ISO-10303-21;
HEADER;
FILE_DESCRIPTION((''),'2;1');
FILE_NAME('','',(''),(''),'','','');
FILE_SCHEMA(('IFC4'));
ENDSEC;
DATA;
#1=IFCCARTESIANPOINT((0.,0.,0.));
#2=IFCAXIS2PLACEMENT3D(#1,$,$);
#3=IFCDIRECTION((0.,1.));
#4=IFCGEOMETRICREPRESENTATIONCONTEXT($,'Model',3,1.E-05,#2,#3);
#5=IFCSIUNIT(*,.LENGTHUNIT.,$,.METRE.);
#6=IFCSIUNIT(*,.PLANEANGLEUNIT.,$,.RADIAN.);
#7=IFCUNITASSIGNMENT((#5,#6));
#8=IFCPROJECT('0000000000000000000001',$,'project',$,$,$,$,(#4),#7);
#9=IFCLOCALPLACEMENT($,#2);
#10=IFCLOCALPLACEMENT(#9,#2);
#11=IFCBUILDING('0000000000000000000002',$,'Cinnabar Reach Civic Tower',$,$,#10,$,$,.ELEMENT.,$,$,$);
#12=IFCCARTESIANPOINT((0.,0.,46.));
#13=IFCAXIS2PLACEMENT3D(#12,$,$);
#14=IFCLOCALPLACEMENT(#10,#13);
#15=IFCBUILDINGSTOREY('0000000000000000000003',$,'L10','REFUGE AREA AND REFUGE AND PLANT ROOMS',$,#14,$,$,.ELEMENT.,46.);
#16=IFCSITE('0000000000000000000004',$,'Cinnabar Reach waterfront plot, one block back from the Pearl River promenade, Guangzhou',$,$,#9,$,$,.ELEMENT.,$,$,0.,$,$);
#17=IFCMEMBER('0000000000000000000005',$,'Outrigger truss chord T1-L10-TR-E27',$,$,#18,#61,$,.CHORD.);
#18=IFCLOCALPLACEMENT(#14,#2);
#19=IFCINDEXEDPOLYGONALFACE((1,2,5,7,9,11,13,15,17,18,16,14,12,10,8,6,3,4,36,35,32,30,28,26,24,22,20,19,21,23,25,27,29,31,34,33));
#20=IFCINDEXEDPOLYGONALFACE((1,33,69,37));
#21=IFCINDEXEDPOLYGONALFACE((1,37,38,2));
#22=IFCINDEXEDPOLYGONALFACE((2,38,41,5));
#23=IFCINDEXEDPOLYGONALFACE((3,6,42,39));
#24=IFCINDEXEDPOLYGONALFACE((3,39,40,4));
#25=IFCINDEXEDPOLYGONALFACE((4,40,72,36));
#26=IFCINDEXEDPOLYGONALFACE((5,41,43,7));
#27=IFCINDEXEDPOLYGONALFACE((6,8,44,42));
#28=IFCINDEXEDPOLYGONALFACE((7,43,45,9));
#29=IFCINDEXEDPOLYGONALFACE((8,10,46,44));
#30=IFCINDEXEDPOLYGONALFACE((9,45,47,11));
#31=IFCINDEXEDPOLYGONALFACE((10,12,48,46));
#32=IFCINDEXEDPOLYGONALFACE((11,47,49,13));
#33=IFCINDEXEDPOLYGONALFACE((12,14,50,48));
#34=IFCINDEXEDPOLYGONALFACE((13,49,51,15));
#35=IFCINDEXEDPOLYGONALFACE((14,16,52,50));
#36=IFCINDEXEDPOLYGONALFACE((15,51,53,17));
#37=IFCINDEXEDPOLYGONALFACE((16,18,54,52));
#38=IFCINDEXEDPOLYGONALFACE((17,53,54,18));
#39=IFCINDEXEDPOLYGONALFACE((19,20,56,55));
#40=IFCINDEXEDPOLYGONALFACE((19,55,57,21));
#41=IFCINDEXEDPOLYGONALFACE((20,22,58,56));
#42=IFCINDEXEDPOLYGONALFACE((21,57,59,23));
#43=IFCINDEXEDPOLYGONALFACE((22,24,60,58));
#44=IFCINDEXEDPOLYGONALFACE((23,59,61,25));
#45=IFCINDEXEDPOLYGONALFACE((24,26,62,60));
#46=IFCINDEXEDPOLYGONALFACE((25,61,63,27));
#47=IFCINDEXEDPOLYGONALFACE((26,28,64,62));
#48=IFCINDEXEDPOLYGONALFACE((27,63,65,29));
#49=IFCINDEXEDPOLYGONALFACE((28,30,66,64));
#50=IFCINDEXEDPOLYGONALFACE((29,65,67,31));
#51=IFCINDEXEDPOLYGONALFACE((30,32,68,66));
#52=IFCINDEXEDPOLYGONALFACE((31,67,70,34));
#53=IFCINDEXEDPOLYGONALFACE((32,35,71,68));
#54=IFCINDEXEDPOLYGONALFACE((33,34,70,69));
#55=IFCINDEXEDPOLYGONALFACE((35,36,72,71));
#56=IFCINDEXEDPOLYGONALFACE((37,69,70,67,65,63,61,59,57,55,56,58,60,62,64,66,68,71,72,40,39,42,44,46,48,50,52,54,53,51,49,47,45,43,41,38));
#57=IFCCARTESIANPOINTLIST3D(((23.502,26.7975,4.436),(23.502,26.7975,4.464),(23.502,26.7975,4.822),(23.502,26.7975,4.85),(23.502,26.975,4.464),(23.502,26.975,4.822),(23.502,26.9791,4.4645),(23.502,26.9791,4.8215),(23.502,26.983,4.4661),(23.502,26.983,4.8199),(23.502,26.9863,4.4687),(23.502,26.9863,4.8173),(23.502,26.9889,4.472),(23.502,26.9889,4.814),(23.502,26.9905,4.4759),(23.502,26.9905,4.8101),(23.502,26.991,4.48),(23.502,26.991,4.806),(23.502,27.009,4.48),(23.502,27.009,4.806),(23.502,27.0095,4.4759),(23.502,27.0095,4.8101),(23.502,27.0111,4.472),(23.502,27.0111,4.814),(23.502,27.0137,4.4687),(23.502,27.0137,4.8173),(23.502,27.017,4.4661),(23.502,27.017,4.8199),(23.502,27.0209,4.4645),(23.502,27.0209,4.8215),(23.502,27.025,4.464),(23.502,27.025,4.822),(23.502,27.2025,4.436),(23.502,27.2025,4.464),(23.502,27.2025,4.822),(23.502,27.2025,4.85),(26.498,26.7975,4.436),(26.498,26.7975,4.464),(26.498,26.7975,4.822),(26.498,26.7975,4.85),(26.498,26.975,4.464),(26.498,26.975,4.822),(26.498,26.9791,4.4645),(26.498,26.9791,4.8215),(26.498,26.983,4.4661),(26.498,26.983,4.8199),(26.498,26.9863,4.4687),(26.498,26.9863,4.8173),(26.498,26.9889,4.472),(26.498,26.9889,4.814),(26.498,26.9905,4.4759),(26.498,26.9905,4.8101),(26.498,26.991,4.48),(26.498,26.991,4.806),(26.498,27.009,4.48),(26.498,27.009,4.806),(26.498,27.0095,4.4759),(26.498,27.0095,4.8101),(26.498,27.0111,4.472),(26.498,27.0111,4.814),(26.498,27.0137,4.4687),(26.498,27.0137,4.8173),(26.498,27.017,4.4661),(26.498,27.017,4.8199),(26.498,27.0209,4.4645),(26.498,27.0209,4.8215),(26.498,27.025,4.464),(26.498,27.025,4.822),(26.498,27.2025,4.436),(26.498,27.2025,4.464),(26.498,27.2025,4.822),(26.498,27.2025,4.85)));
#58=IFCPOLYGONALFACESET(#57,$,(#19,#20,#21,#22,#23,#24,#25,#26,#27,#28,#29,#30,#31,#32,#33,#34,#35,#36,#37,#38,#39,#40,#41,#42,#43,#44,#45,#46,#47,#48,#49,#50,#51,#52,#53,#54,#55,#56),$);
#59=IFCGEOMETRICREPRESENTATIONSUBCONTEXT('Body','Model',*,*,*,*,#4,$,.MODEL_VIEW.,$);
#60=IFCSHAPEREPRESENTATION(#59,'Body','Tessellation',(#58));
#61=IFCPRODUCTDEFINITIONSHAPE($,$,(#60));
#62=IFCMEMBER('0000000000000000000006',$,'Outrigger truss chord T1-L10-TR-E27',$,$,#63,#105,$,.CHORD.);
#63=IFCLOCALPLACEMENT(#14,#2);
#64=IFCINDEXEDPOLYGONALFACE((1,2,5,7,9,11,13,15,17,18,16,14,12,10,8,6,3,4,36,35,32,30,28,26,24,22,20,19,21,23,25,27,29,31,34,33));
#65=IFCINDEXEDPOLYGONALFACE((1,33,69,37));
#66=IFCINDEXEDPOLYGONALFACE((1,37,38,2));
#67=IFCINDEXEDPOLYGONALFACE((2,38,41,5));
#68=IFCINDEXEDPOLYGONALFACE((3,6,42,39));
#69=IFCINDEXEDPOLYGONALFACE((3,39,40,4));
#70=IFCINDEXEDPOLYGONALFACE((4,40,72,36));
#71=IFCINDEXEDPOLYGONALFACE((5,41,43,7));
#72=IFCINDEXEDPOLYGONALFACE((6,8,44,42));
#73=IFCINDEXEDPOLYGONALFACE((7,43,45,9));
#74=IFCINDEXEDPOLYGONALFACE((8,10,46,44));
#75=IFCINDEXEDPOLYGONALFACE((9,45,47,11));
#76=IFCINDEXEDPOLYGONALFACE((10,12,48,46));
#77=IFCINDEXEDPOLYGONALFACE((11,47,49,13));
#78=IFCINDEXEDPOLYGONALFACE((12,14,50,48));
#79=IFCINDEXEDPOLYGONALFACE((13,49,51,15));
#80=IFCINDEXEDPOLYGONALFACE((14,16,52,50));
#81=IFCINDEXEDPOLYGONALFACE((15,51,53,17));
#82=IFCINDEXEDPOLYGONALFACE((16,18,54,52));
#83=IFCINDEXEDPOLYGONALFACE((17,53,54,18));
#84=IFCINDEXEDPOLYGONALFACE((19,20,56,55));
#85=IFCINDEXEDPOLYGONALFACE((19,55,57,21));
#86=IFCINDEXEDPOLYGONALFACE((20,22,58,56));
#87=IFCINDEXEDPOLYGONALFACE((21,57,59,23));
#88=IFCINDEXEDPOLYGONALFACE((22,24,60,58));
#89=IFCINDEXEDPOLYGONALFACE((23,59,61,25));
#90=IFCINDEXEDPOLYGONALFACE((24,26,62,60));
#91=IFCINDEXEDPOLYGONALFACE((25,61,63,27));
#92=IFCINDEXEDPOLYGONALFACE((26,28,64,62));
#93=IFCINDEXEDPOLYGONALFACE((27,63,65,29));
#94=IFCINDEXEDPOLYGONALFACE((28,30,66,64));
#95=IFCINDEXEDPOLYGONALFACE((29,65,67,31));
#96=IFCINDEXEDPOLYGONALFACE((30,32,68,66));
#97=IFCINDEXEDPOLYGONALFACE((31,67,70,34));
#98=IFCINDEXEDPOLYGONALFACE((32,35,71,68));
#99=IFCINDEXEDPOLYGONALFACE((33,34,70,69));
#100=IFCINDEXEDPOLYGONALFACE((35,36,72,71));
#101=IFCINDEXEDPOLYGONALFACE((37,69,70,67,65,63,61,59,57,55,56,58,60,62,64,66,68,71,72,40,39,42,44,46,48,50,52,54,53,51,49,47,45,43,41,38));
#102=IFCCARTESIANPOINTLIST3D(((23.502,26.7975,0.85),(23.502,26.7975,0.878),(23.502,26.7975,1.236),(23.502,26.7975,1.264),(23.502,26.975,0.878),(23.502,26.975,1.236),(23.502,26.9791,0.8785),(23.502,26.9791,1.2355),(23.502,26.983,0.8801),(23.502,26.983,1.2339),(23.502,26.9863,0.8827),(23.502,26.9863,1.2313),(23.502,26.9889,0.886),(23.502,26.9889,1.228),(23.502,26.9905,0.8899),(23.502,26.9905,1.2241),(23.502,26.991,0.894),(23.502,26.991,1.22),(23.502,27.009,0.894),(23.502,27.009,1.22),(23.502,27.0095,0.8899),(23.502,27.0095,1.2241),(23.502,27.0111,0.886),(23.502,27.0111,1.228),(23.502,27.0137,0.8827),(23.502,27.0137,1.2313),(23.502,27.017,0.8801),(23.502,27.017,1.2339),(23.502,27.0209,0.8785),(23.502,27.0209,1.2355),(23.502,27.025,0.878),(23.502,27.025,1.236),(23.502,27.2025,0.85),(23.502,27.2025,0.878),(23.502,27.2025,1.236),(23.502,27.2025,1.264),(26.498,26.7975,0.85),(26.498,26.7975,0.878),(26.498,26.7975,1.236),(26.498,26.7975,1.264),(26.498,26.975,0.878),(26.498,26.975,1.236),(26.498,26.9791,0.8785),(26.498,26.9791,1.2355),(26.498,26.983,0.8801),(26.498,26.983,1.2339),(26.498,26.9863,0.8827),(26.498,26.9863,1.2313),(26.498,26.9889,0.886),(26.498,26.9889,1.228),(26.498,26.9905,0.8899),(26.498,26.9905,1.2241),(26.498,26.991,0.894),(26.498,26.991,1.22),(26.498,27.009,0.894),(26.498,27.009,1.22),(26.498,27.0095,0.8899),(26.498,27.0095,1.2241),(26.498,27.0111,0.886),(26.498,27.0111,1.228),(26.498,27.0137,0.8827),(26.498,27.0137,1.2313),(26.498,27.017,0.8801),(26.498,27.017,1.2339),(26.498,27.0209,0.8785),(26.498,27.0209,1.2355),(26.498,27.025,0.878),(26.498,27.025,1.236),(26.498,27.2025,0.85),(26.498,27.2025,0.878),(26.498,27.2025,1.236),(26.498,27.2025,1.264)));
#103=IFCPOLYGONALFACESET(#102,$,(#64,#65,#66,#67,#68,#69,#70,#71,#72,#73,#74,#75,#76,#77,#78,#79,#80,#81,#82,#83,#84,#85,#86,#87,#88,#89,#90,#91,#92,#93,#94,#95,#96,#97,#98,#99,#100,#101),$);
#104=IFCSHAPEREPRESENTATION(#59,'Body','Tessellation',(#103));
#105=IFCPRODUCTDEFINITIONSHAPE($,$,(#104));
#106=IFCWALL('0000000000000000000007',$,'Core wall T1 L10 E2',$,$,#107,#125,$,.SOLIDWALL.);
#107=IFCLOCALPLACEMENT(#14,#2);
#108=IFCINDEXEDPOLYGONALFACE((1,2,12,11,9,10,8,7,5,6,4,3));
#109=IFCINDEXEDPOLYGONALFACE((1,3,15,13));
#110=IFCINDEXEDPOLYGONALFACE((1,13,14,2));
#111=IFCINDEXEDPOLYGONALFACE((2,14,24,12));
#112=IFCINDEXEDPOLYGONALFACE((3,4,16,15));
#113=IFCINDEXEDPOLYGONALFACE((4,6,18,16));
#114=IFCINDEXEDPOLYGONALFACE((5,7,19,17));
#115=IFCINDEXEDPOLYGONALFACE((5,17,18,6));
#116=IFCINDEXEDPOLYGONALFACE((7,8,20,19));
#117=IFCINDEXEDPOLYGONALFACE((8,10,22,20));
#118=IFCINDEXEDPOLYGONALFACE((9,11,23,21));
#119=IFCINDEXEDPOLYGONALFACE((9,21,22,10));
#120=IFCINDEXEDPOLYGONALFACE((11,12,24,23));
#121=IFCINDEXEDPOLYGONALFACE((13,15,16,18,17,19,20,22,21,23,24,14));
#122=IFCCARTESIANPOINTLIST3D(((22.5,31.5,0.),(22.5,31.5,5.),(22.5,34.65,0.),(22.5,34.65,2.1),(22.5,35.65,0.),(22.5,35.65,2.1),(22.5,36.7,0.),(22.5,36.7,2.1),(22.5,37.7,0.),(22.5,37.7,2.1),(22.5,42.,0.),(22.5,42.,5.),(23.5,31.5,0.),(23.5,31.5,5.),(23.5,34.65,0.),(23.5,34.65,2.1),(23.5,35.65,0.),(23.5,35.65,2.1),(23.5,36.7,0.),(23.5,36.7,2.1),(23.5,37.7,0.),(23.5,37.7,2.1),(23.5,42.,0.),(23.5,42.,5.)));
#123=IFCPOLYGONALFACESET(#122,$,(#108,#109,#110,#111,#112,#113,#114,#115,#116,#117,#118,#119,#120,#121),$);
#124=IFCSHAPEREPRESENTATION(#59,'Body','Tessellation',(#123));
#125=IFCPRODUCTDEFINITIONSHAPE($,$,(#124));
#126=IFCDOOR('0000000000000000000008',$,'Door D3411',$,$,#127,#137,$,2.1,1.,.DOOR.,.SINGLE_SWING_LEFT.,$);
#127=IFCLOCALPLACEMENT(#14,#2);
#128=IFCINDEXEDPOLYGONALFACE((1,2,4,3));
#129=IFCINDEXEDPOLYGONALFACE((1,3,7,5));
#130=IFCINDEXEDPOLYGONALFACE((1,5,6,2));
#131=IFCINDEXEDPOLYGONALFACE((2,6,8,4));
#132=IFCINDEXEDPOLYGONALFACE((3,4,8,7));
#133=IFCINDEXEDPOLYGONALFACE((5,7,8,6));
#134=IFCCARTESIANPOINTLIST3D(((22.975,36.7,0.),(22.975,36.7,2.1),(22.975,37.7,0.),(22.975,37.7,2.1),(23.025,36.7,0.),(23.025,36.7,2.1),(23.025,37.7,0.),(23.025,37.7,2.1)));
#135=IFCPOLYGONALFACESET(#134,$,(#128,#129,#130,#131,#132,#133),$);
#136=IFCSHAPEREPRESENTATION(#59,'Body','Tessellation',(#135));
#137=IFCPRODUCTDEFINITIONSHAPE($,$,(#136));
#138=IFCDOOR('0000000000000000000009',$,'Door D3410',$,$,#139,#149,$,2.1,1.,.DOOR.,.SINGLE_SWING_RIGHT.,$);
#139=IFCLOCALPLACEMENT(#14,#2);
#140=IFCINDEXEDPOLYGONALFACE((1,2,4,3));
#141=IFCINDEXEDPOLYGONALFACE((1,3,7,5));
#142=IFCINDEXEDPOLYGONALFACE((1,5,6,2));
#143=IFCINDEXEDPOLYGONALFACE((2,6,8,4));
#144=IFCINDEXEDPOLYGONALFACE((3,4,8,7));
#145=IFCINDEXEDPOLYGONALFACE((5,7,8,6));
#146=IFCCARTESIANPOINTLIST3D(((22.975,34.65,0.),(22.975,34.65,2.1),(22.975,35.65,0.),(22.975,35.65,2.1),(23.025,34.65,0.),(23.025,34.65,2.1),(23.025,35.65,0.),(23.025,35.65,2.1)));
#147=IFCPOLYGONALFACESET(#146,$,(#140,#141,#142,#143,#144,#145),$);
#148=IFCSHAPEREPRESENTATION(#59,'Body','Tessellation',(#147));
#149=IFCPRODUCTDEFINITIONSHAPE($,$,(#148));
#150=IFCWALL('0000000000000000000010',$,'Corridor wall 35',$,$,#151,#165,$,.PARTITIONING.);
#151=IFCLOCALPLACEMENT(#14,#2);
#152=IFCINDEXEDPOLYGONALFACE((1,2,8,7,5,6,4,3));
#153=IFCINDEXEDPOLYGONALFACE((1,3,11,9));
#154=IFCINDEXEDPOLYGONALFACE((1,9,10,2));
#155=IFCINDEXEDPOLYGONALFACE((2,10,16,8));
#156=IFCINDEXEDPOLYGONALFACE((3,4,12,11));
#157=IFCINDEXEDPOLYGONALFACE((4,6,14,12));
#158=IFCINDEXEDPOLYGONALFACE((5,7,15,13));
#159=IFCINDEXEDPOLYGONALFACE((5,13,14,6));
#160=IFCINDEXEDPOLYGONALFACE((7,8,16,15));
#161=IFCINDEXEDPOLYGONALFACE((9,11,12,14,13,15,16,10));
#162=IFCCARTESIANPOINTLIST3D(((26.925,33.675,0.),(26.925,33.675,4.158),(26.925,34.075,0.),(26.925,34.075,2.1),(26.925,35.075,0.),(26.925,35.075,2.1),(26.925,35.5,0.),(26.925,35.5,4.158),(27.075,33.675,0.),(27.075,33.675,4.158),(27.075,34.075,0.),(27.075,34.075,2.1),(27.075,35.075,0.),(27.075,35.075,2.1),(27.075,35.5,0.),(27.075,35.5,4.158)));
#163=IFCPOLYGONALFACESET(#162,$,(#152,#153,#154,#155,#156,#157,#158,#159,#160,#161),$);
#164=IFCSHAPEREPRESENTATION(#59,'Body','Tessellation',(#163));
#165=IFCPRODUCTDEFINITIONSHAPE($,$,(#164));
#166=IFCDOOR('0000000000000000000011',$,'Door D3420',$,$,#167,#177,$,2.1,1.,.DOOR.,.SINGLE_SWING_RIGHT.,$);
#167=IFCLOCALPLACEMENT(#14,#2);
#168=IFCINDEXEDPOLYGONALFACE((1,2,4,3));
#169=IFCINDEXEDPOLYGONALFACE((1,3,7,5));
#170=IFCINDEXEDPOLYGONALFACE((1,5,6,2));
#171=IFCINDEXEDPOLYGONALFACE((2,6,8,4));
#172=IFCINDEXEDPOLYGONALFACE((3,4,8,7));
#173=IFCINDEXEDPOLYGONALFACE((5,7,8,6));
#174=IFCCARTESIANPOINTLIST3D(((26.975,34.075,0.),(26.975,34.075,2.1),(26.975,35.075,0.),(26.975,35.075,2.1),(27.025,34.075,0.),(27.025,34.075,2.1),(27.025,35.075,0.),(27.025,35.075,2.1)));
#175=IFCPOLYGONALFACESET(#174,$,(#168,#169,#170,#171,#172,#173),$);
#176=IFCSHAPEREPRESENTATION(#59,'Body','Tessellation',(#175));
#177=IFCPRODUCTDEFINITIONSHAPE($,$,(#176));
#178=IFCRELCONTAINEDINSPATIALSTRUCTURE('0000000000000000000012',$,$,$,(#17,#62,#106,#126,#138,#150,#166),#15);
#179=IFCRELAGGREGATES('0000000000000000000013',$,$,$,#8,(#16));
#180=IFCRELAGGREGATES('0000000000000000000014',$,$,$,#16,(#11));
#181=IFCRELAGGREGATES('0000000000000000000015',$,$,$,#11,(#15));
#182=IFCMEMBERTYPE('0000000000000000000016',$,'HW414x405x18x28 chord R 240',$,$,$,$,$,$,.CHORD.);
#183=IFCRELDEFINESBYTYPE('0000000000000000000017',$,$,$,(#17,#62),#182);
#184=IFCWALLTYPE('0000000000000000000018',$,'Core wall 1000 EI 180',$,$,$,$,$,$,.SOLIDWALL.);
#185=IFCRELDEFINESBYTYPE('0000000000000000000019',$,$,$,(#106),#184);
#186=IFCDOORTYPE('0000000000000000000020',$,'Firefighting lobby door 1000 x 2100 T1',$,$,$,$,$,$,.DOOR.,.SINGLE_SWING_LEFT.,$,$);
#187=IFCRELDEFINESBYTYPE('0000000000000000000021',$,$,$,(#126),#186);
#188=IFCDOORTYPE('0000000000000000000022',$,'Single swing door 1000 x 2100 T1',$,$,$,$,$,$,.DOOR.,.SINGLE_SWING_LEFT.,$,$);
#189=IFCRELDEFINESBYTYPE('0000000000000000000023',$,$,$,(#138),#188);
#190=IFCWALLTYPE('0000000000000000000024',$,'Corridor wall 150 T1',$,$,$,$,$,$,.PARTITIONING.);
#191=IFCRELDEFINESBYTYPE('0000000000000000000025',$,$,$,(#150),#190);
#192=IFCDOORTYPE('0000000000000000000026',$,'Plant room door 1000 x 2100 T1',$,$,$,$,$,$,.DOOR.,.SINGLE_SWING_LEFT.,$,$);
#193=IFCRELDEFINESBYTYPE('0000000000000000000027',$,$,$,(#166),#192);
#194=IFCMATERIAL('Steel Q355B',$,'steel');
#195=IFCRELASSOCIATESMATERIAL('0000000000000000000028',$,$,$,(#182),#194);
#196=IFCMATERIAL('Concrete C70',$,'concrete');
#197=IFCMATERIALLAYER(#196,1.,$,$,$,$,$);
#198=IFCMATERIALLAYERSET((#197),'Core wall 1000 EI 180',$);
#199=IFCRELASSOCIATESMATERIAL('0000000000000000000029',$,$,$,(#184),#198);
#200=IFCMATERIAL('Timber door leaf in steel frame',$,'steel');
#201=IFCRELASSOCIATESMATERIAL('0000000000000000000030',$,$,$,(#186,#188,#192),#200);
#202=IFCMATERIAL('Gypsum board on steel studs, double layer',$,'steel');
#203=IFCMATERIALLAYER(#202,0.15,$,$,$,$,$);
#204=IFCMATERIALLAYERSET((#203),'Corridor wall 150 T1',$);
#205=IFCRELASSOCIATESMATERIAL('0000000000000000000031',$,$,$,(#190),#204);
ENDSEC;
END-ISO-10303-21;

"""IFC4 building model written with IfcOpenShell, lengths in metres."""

from ifc_helpers import new_model, si_unit, direction, frame, frame_2d, origin, origin_2d, place, context, subcontext, project, spatial, rectangle, i_section, extrude, material, layer, layer_set, material_profile, profile_set, type_object, element, fill, save


model = new_model("IFC4")

# Units and contexts
model_context = context("Model", 3, precision=1e-05, world=origin(), true_north=direction((0.0, 1.0)))
body_context = subcontext(model_context, "Body", "Model", "MODEL_VIEW")
ifc_project = project(units=[si_unit("LENGTHUNIT", "METRE"), si_unit("PLANEANGLEUNIT", "RADIAN")], contexts=[model_context])

# Site, building, storey
site_placement = place(None, origin())
site = spatial("IfcSite", under=ifc_project, at=site_placement, Name="Cinnabar Reach waterfront plot, one block back from the Pearl River promenade, Guangzhou", CompositionType="ELEMENT", RefElevation=0.0)
building_placement = place(site_placement, origin())
building = spatial("IfcBuilding", under=site, at=building_placement, Name="Cinnabar Reach Civic Tower", CompositionType="ELEMENT")
storey_placement = place(building_placement, frame((0.0, 0.0, 46.0)))
storey = spatial("IfcBuildingStorey", under=building, at=storey_placement, Name="L10", Description="REFUGE AREA AND REFUGE AND PLANT ROOMS", CompositionType="ELEMENT", Elevation=46.0)

# Shared definitions
ifc_material_1 = material(Name="Concrete C70", Category="concrete")

# Shared definitions
ifc_material_2 = material(Name="Steel Q355B", Category="steel")

# Members
ifc_material_profile_1 = material_profile(ifc_material_2, i_section(OverallWidth=0.405, OverallDepth=0.414, WebThickness=0.018, FlangeThickness=0.028, FilletRadius=0.016, at=origin_2d()), Name="HW414x405x18x28")
ifc_profile_set_1 = profile_set([ifc_material_profile_1], Name="Steel Q355B")
member_type_1 = type_object("IfcMemberType", Name="HW414x405x18x28 chord R 240", PredefinedType="CHORD", material=ifc_profile_set_1)
for number, where, z_axis, x_axis, name in (
    (1, (23.502, 27.0, 4.643), (1.0, 0.0, 0.0), (0.0, 1.0, 0.0), "Outrigger truss chord T1-L10-TR-E27"),
    (2, (23.502, 27.0, 1.057), (1.0, 0.0, 0.0), (0.0, 1.0, 0.0), "Outrigger truss chord T1-L10-TR-E27"),
):
    element("IfcMember", number, at=place(storey_placement, frame(where, z_axis=z_axis, x_axis=x_axis)), inside=storey, type_object=member_type_1, Name=name, PredefinedType="CHORD", context=body_context, shape_type="SweptSolid", body=[
        extrude(i_section(OverallWidth=0.405, OverallDepth=0.414, WebThickness=0.018, FlangeThickness=0.028, FilletRadius=0.016, at=origin_2d()), origin(), (0.0, 0.0, 1.0), 2.996),
    ])

# Wall, openings, doors
ifc_layer_1 = layer(ifc_material_1, 1.0)
ifc_layer_set_1 = layer_set([ifc_layer_1], Name="Core wall 1000 EI 180")
wall_type_1 = type_object("IfcWallType", Name="Core wall 1000 EI 180", PredefinedType="SOLIDWALL", material=ifc_layer_set_1)
wall_1_placement = place(storey_placement, frame((23.0, 31.5, 0.0), z_axis=(0.0, 0.0, 1.0), x_axis=(0.0, 1.0, 0.0)))
wall_1 = element("IfcWall", 3, at=wall_1_placement, inside=storey, type_object=wall_type_1, Name="Core wall T1 L10 E2", PredefinedType="SOLIDWALL", context=body_context, shape_type="SweptSolid", body=[
    extrude(rectangle(XDim=10.5, YDim=1.0, at=frame_2d((5.25, 0.0))), origin(), (0.0, 0.0, 1.0), 5.0),
])
opening_1_placement = place(wall_1_placement, frame((3.15, 0.0, 0.0)))
opening_1 = element("IfcOpeningElement", 4, at=opening_1_placement, cuts=wall_1, PredefinedType="OPENING", context=body_context, shape_type="SweptSolid", body=[
    extrude(rectangle(XDim=1.0, YDim=2.1, at=frame_2d((0.5, 1.05))), frame((0.0, 0.51, 0.0), z_axis=(0.0, -1.0, 0.0), x_axis=(1.0, 0.0, 0.0)), (0.0, 0.0, 1.0), 1.02),
])
opening_2_placement = place(wall_1_placement, frame((5.2, 0.0, 0.0)))
opening_2 = element("IfcOpeningElement", 5, at=opening_2_placement, cuts=wall_1, PredefinedType="OPENING", context=body_context, shape_type="SweptSolid", body=[
    extrude(rectangle(XDim=1.0, YDim=2.1, at=frame_2d((0.5, 1.05))), frame((0.0, 0.51, 0.0), z_axis=(0.0, -1.0, 0.0), x_axis=(1.0, 0.0, 0.0)), (0.0, 0.0, 1.0), 1.02),
])
ifc_material_3 = material(Name="Timber door leaf in steel frame", Category="steel")
door_type_1 = type_object("IfcDoorType", Name="Firefighting lobby door 1000 x 2100 T1", OperationType="SINGLE_SWING_LEFT", PredefinedType="DOOR", material=ifc_material_3)
door_1_placement = place(opening_2_placement, origin())
door_1 = element("IfcDoor", 6, at=door_1_placement, inside=storey, type_object=door_type_1, Name="Door D3411", OperationType="SINGLE_SWING_LEFT", OverallHeight=2.1, OverallWidth=1.0, PredefinedType="DOOR", context=body_context, shape_type="SweptSolid", body=[
    extrude(rectangle(XDim=1.0, YDim=2.1, at=frame_2d((0.5, 1.05))), frame((0.0, 0.025, 0.0), z_axis=(0.0, -1.0, 0.0), x_axis=(1.0, 0.0, 0.0)), (0.0, 0.0, 1.0), 0.05),
])
fill(opening_2, door_1)
door_type_2 = type_object("IfcDoorType", Name="Single swing door 1000 x 2100 T1", OperationType="SINGLE_SWING_LEFT", PredefinedType="DOOR", material=ifc_material_3)
door_2_placement = place(opening_1_placement, origin())
door_2 = element("IfcDoor", 7, at=door_2_placement, inside=storey, type_object=door_type_2, Name="Door D3410", OperationType="SINGLE_SWING_RIGHT", OverallHeight=2.1, OverallWidth=1.0, PredefinedType="DOOR", context=body_context, shape_type="SweptSolid", body=[
    extrude(rectangle(XDim=1.0, YDim=2.1, at=frame_2d((0.5, 1.05))), frame((0.0, 0.025, 0.0), z_axis=(0.0, -1.0, 0.0), x_axis=(1.0, 0.0, 0.0)), (0.0, 0.0, 1.0), 0.05),
])
fill(opening_1, door_2)

# Wall, opening, door
ifc_material_4 = material(Name="Gypsum board on steel studs, double layer", Category="steel")
ifc_layer_2 = layer(ifc_material_4, 0.15)
ifc_layer_set_2 = layer_set([ifc_layer_2], Name="Corridor wall 150 T1")
wall_type_2 = type_object("IfcWallType", Name="Corridor wall 150 T1", PredefinedType="PARTITIONING", material=ifc_layer_set_2)
wall_2_placement = place(storey_placement, frame((27.0, 33.675, 0.0), z_axis=(0.0, 0.0, 1.0), x_axis=(0.0, 1.0, 0.0)))
wall_2 = element("IfcWall", 8, at=wall_2_placement, inside=storey, type_object=wall_type_2, Name="Corridor wall 35", PredefinedType="PARTITIONING", context=body_context, shape_type="SweptSolid", body=[
    extrude(rectangle(XDim=1.825, YDim=0.15, at=frame_2d((0.9125, 0.0))), origin(), (0.0, 0.0, 1.0), 4.158),
])
opening_3_placement = place(wall_2_placement, frame((0.4, 0.0, 0.0)))
opening_3 = element("IfcOpeningElement", 9, at=opening_3_placement, cuts=wall_2, PredefinedType="OPENING", context=body_context, shape_type="SweptSolid", body=[
    extrude(rectangle(XDim=1.0, YDim=2.1, at=frame_2d((0.5, 1.05))), frame((0.0, 0.085, 0.0), z_axis=(0.0, -1.0, 0.0), x_axis=(1.0, 0.0, 0.0)), (0.0, 0.0, 1.0), 0.17),
])
door_type_3 = type_object("IfcDoorType", Name="Plant room door 1000 x 2100 T1", OperationType="SINGLE_SWING_LEFT", PredefinedType="DOOR", material=ifc_material_3)
door_3_placement = place(opening_3_placement, frame((1.0, 0.0, 0.0), z_axis=(0.0, 0.0, 1.0), x_axis=(-1.0, 0.0, 0.0)))
door_3 = element("IfcDoor", 10, at=door_3_placement, inside=storey, type_object=door_type_3, Name="Door D3420", OperationType="SINGLE_SWING_RIGHT", OverallHeight=2.1, OverallWidth=1.0, PredefinedType="DOOR", context=body_context, shape_type="SweptSolid", body=[
    extrude(rectangle(XDim=1.0, YDim=2.1, at=frame_2d((0.5, 1.05))), frame((0.0, 0.025, 0.0), z_axis=(0.0, -1.0, 0.0), x_axis=(1.0, 0.0, 0.0)), (0.0, 0.0, 1.0), 0.05),
])
fill(opening_3, door_3)

save(model, "model.ifc")
